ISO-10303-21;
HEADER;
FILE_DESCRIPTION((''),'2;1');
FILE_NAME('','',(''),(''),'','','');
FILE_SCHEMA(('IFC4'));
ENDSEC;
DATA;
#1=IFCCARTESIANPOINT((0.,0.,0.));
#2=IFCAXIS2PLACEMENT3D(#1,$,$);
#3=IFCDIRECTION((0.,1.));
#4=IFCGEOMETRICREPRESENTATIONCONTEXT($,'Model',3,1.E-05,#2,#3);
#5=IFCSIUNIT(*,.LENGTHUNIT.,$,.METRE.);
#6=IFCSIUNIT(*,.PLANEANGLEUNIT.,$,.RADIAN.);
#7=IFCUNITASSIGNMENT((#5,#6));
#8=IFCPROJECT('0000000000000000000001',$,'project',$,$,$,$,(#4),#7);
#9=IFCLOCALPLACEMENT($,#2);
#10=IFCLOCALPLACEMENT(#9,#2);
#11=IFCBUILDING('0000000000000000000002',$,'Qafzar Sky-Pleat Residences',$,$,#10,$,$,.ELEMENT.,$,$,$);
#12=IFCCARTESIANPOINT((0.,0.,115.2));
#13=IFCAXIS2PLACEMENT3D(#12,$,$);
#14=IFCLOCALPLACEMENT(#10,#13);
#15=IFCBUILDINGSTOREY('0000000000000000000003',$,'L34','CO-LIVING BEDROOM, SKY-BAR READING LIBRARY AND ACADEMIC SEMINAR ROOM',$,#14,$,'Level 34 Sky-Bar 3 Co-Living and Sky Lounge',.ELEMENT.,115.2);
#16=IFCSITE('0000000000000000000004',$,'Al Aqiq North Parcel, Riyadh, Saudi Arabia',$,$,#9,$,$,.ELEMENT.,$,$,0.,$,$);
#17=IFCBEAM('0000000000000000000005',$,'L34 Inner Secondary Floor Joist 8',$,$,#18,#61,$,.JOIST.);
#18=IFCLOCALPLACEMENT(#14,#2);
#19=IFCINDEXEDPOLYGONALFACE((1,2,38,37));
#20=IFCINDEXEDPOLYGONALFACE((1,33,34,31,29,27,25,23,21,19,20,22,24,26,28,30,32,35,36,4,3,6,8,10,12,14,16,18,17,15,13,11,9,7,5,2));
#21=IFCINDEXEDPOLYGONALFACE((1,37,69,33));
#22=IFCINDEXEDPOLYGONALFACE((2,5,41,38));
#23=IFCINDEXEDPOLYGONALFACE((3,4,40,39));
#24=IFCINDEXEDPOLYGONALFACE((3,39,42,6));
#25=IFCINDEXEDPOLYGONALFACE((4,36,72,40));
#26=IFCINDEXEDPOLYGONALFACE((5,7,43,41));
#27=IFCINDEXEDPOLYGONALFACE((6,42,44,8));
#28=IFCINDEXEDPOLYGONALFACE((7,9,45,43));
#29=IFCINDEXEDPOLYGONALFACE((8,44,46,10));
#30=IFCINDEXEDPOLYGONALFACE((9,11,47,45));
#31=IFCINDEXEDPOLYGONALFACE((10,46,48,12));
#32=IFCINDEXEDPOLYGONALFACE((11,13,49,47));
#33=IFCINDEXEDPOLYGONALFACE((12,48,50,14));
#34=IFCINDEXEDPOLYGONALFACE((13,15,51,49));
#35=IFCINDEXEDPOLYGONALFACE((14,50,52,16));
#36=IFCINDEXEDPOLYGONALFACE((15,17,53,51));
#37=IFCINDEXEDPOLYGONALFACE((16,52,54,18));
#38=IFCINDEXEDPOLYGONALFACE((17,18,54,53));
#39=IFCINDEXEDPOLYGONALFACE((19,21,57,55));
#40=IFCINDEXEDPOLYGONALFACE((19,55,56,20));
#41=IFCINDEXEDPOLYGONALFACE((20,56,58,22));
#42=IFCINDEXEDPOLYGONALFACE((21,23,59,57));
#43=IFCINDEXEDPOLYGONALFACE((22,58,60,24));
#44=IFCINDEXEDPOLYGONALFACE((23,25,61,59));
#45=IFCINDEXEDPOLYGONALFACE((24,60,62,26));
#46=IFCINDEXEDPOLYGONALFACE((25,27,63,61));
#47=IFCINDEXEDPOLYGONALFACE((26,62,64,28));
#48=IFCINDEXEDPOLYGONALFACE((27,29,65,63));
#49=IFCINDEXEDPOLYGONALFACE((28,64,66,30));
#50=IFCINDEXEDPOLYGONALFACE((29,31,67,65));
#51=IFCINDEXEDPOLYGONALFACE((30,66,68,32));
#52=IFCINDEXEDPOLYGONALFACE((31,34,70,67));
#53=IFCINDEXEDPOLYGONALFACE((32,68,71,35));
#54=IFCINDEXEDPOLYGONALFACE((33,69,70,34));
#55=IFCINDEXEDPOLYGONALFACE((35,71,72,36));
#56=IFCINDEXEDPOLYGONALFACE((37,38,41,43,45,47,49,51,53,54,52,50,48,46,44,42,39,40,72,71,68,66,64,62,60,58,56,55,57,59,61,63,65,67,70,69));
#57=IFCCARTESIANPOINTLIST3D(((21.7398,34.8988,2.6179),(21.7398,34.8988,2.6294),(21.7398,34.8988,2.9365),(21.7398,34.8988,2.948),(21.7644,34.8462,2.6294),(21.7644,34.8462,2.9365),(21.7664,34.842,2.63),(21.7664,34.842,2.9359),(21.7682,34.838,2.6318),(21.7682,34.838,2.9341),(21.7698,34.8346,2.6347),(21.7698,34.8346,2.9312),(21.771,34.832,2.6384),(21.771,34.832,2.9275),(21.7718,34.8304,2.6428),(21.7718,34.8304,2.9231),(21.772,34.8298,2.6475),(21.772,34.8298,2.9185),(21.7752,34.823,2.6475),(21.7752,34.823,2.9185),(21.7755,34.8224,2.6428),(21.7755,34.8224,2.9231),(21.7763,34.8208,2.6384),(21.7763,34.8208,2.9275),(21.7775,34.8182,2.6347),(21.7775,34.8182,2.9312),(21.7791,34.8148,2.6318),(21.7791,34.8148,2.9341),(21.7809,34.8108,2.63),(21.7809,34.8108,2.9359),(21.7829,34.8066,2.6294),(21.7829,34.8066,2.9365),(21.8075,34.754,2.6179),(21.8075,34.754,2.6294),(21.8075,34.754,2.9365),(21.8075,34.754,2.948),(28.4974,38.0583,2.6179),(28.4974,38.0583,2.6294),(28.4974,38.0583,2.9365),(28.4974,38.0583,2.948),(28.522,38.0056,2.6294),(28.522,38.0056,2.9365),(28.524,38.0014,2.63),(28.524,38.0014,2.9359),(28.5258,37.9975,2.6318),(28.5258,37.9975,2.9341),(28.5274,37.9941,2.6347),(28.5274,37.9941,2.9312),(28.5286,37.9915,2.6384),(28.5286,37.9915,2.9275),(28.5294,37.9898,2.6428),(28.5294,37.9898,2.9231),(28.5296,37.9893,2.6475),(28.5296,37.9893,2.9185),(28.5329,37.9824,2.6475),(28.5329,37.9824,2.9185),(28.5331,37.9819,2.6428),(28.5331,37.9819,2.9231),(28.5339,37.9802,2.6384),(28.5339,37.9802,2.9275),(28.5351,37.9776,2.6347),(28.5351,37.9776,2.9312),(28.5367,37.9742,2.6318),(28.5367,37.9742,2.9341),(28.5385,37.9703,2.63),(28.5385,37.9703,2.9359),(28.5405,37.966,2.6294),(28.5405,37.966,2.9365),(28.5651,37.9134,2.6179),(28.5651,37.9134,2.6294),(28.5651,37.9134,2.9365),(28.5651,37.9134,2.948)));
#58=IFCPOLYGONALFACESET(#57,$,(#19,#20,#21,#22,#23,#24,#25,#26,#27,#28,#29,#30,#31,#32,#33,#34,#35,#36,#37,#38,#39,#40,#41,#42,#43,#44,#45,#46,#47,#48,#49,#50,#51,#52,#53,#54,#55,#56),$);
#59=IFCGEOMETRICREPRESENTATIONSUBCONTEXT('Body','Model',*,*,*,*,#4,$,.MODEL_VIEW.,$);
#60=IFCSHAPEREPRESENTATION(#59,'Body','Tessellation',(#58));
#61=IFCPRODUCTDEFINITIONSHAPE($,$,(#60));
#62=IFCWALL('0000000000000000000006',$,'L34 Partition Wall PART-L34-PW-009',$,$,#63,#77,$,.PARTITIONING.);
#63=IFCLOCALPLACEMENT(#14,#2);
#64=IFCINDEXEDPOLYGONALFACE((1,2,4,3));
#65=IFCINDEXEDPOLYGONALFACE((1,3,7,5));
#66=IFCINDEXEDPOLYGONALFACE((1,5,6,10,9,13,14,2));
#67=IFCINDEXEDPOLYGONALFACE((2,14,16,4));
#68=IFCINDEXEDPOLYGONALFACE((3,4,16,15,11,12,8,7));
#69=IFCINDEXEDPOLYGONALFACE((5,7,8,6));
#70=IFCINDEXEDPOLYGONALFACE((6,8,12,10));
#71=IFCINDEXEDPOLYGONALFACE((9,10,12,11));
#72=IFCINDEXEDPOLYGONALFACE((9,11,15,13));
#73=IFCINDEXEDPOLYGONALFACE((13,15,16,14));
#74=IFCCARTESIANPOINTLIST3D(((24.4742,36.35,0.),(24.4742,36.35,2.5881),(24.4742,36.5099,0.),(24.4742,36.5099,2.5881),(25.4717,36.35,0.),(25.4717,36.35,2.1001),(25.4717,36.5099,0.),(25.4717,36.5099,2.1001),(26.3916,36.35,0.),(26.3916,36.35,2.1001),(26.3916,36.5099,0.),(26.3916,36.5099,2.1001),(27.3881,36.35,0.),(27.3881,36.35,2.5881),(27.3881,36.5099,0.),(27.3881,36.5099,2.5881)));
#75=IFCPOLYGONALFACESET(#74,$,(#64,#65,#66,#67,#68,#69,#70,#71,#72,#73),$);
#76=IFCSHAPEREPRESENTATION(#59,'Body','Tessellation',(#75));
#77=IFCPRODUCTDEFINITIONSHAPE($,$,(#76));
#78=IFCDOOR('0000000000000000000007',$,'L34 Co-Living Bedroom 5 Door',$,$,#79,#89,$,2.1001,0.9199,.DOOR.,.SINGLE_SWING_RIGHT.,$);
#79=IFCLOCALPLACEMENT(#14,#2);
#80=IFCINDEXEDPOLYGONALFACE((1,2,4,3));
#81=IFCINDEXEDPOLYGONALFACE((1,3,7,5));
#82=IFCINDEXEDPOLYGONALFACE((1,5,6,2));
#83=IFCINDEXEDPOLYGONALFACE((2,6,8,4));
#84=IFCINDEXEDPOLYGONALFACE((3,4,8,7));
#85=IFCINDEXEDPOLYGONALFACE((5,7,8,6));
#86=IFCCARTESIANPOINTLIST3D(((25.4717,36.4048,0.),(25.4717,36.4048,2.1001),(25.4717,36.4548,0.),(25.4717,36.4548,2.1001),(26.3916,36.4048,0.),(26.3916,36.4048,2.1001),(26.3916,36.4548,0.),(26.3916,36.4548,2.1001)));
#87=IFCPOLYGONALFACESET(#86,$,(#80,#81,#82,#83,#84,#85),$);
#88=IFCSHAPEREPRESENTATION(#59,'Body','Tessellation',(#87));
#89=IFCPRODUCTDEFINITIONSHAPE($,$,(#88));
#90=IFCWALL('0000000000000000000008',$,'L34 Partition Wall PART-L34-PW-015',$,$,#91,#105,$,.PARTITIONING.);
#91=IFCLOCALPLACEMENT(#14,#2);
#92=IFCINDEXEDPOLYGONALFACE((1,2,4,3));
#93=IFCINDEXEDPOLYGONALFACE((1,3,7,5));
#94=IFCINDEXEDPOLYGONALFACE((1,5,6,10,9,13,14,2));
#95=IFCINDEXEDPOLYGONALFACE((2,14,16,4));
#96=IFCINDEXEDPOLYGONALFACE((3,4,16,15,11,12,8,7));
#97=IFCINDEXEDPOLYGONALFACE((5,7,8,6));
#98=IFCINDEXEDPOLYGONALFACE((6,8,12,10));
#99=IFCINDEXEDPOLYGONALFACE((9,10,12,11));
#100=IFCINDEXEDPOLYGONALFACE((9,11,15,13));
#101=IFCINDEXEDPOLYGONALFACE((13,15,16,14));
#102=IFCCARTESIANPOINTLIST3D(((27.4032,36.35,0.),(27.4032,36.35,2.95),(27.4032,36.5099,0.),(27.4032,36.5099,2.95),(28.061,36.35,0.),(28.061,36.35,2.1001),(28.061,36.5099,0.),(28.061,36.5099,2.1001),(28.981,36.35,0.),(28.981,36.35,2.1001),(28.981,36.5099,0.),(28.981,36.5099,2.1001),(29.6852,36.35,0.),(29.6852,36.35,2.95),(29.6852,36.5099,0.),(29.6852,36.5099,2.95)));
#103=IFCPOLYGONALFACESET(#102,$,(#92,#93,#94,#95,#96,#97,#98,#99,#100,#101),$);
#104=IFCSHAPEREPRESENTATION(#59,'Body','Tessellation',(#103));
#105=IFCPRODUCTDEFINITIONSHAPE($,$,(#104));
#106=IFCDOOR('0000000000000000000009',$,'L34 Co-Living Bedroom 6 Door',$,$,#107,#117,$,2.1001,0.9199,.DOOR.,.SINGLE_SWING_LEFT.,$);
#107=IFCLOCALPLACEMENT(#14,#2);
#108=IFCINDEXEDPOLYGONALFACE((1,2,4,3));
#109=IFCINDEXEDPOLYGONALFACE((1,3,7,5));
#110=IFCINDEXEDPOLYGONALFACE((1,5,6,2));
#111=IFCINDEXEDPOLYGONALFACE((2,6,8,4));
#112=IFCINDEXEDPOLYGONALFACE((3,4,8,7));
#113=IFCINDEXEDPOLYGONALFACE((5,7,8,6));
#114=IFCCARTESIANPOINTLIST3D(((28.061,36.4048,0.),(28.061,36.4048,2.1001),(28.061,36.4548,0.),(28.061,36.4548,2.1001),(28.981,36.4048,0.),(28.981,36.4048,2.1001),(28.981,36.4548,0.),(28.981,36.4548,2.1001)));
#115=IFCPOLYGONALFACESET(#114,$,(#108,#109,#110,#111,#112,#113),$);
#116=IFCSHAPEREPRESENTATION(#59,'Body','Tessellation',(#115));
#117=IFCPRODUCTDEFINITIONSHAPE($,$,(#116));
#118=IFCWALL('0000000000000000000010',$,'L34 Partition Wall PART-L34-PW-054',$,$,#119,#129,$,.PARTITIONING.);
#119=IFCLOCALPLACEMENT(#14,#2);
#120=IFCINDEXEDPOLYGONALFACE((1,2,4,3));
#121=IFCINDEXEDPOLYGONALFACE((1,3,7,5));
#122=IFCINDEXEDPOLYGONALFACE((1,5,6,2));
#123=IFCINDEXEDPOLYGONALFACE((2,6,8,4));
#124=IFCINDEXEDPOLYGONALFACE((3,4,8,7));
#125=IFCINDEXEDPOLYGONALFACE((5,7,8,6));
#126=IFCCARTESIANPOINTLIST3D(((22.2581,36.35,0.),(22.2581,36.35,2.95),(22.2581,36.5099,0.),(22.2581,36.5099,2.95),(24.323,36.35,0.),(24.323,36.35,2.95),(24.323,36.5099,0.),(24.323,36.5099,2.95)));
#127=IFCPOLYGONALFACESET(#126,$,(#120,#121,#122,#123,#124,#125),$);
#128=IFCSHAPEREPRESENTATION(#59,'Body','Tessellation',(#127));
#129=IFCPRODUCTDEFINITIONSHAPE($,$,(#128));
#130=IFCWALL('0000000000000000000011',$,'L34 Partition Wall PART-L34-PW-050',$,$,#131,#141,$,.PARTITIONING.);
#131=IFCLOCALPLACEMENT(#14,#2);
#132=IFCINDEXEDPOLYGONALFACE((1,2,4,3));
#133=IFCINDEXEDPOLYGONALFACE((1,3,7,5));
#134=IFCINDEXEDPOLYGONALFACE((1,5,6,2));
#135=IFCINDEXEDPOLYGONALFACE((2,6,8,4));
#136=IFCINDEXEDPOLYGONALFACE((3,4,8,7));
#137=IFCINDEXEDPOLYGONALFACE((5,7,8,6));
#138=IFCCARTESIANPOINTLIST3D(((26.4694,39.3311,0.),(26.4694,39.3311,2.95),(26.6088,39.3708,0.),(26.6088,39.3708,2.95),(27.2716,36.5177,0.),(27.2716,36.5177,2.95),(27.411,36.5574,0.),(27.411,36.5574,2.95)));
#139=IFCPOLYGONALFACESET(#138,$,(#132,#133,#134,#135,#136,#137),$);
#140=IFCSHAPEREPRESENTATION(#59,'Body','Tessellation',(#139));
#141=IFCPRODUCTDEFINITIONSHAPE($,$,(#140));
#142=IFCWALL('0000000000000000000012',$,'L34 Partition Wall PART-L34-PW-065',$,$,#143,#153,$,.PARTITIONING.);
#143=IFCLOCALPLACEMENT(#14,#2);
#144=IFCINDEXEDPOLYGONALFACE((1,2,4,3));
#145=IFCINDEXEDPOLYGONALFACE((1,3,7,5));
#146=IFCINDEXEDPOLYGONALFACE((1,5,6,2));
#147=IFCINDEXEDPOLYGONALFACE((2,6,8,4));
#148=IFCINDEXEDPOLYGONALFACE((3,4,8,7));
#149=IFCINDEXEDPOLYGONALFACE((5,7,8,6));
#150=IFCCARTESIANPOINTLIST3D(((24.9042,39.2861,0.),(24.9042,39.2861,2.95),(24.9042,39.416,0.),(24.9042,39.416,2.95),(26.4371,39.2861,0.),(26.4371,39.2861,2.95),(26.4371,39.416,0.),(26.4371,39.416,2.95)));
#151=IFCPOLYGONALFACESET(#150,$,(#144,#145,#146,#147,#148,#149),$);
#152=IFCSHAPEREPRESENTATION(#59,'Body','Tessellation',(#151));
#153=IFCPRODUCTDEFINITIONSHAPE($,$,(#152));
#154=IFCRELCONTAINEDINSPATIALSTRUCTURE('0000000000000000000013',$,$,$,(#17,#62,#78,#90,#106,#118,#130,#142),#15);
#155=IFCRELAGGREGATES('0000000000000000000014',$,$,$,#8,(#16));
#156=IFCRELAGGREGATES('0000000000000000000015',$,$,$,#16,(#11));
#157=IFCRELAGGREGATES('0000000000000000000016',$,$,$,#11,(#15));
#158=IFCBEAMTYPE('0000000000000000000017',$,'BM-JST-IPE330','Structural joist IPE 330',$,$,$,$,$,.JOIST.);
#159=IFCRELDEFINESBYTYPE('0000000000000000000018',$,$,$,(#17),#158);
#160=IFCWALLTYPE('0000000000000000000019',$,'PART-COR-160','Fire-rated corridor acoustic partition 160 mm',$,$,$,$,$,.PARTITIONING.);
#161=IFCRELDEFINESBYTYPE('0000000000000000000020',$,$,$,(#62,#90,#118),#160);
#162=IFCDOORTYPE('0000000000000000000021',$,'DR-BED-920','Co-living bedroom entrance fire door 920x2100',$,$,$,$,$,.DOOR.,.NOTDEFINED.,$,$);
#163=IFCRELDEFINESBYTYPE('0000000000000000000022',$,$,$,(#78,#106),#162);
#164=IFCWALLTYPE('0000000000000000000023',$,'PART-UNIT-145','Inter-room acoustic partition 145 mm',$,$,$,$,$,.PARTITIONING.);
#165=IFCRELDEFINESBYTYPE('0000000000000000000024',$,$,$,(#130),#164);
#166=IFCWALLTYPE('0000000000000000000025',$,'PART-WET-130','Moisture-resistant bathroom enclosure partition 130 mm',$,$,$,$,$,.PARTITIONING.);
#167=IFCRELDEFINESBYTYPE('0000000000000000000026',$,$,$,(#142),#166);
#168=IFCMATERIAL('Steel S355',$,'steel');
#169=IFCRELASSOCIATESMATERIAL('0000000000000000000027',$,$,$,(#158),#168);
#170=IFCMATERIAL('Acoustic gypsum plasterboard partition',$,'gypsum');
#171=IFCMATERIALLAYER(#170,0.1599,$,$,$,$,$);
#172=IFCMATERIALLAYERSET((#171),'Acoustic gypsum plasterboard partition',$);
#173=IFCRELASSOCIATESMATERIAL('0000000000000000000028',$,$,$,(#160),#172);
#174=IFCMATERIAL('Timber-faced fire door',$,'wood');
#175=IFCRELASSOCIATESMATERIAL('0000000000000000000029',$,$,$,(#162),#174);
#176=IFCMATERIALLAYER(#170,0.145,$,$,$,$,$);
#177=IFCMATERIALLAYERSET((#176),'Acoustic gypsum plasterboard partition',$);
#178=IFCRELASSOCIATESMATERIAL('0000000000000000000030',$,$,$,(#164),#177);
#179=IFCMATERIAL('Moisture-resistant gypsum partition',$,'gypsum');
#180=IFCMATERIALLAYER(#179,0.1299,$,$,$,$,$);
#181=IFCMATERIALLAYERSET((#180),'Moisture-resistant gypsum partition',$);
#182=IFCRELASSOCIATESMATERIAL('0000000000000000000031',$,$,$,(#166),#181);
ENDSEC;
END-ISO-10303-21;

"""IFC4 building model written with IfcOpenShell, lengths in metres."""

from ifc_helpers import new_model, si_unit, direction, frame, frame_2d, origin, origin_2d, place, context, subcontext, project, spatial, rectangle, i_section, extrude, source, transform, mapped, material, layer, layer_set, material_profile, profile_set, type_object, element, fill, save


model = new_model("IFC4")

# Units and contexts
model_context = context("Model", 3, precision=1e-05, world=origin(), true_north=direction((0.0, 1.0)))
body_context = subcontext(model_context, "Body", "Model", "MODEL_VIEW")
ifc_project = project(units=[si_unit("LENGTHUNIT", "METRE"), si_unit("PLANEANGLEUNIT", "RADIAN")], contexts=[model_context])

# Site, building, storey
site_placement = place(None, origin())
site = spatial("IfcSite", under=ifc_project, at=site_placement, Name="Al Aqiq North Parcel, Riyadh, Saudi Arabia", CompositionType="ELEMENT", RefElevation=0.0)
building_placement = place(site_placement, origin())
building = spatial("IfcBuilding", under=site, at=building_placement, Name="Qafzar Sky-Pleat Residences", CompositionType="ELEMENT")
storey_placement = place(building_placement, frame((0.0, 0.0, 115.2)))
storey = spatial("IfcBuildingStorey", under=building, at=storey_placement, Name="L34", Description="CO-LIVING BEDROOM, SKY-BAR READING LIBRARY AND ACADEMIC SEMINAR ROOM", LongName="Level 34 Sky-Bar 3 Co-Living and Sky Lounge", CompositionType="ELEMENT", Elevation=115.2)

# Beam
ifc_material_1 = material(Name="Steel S355", Category="steel")
ifc_material_profile = material_profile(ifc_material_1, i_section(OverallWidth=0.1599, OverallDepth=0.3301, WebThickness=0.0076, FlangeThickness=0.0115, FilletRadius=0.0181, at=origin_2d()), Name="IPE 330")
ifc_profile_set = profile_set([ifc_material_profile], Name="Steel S355")
beam_type = type_object("IfcBeamType", Name="BM-JST-IPE330", Description="Structural joist IPE 330", PredefinedType="JOIST", material=ifc_profile_set)
shared_shape_1 = source(origin(), body_context, "Body", "SweptSolid", [
    extrude(i_section(OverallWidth=0.1599, OverallDepth=0.3301, WebThickness=0.0076, FlangeThickness=0.0115, FilletRadius=0.0181, at=origin_2d()), origin(), (0.0, 0.0, 1.0), 7.4597),
])
beam_placement = place(storey_placement, frame((28.5312, 37.9858, 2.783), z_axis=(-0.90588, -0.423534, 0.0), x_axis=(0.423534, -0.90588, 0.0)))
element("IfcBeam", 1, at=beam_placement, inside=storey, type_object=beam_type, Name="L34 Inner Secondary Floor Joist 8", PredefinedType="JOIST", context=body_context, shape_type="MappedRepresentation", body=[
    mapped(shared_shape_1, transform((0.0, 0.0, 0.0), x_axis=(1.0, 0.0, 0.0), y_axis=(0.0, 1.0, 0.0), z_axis=(0.0, 0.0, 1.0), scale=1.0)),
])

# Walls, openings, doors
ifc_material_2 = material(Name="Acoustic gypsum plasterboard partition", Category="gypsum")
ifc_layer_1 = layer(ifc_material_2, 0.1599)
ifc_layer_set_1 = layer_set([ifc_layer_1], Name="Acoustic gypsum plasterboard partition")
wall_type_1 = type_object("IfcWallType", Name="PART-COR-160", Description="Fire-rated corridor acoustic partition 160 mm", PredefinedType="PARTITIONING", material=ifc_layer_set_1)
wall_1_placement = place(storey_placement, frame((24.4741, 36.4299, 0.0), z_axis=(0.0, 0.0, 1.0), x_axis=(1.0, 0.0, 0.0)))
wall_1 = element("IfcWall", 2, at=wall_1_placement, inside=storey, type_object=wall_type_1, Name="L34 Partition Wall PART-L34-PW-009", PredefinedType="PARTITIONING", context=body_context, shape_type="SweptSolid", body=[
    extrude(rectangle(XDim=2.9138, YDim=0.1599, at=frame_2d((1.457, 0.0))), origin(), (0.0, 0.0, 1.0), 2.5881),
])
opening_1_placement = place(wall_1_placement, frame((0.9976, 0.0, 0.0)))
opening_1 = element("IfcOpeningElement", 3, at=opening_1_placement, cuts=wall_1, PredefinedType="OPENING", context=body_context, shape_type="SweptSolid", body=[
    extrude(rectangle(XDim=0.9199, YDim=2.1001, at=frame_2d((0.46, 1.05))), frame((0.0, 0.0898, 0.0), z_axis=(0.0, -1.0, 0.0), x_axis=(1.0, 0.0, 0.0)), (0.0, 0.0, 1.0), 0.1799),
])
ifc_material_3 = material(Name="Timber-faced fire door", Category="wood")
door_type_1 = type_object("IfcDoorType", Name="DR-BED-920", Description="Co-living bedroom entrance fire door 920x2100", OperationType="NOTDEFINED", PredefinedType="DOOR", material=ifc_material_3)
shared_shape_2 = source(origin(), body_context, "Body", "SweptSolid", [
    extrude(rectangle(XDim=0.9199, YDim=2.1001, at=frame_2d((0.46, 1.05))), frame((0.0, 0.0249, 0.0), z_axis=(0.0, -1.0, 0.0), x_axis=(1.0, 0.0, 0.0)), (0.0, 0.0, 1.0), 0.05),
])
door_1_placement = place(opening_1_placement, origin())
door_1 = element("IfcDoor", 4, at=door_1_placement, inside=storey, type_object=door_type_1, Name="L34 Co-Living Bedroom 5 Door", OperationType="SINGLE_SWING_RIGHT", OverallHeight=2.1001, OverallWidth=0.9199, PredefinedType="DOOR", context=body_context, shape_type="MappedRepresentation", body=[
    mapped(shared_shape_2, transform((0.0, 0.0, 0.0), x_axis=(1.0, 0.0, 0.0), y_axis=(0.0, 1.0, 0.0), z_axis=(0.0, 0.0, 1.0), scale=1.0)),
])
fill(opening_1, door_1)
wall_2_placement = place(storey_placement, frame((27.4031, 36.4299, 0.0), z_axis=(0.0, 0.0, 1.0), x_axis=(1.0, 0.0, 0.0)))
wall_2 = element("IfcWall", 5, at=wall_2_placement, inside=storey, type_object=wall_type_1, Name="L34 Partition Wall PART-L34-PW-015", PredefinedType="PARTITIONING", context=body_context, shape_type="SweptSolid", body=[
    extrude(rectangle(XDim=2.282, YDim=0.1599, at=frame_2d((1.1411, 0.0))), origin(), (0.0, 0.0, 1.0), 2.95),
])
opening_2_placement = place(wall_2_placement, frame((0.658, 0.0, 0.0)))
opening_2 = element("IfcOpeningElement", 6, at=opening_2_placement, cuts=wall_2, PredefinedType="OPENING", context=body_context, shape_type="SweptSolid", body=[
    extrude(rectangle(XDim=0.9199, YDim=2.1001, at=frame_2d((0.46, 1.05))), frame((0.0, 0.0898, 0.0), z_axis=(0.0, -1.0, 0.0), x_axis=(1.0, 0.0, 0.0)), (0.0, 0.0, 1.0), 0.1799),
])
door_2_placement = place(opening_2_placement, origin())
door_2 = element("IfcDoor", 7, at=door_2_placement, inside=storey, type_object=door_type_1, Name="L34 Co-Living Bedroom 6 Door", OperationType="SINGLE_SWING_LEFT", OverallHeight=2.1001, OverallWidth=0.9199, PredefinedType="DOOR", context=body_context, shape_type="MappedRepresentation", body=[
    mapped(shared_shape_2, transform((0.0, 0.0, 0.0), x_axis=(1.0, 0.0, 0.0), y_axis=(0.0, 1.0, 0.0), z_axis=(0.0, 0.0, 1.0), scale=1.0)),
])
fill(opening_2, door_2)

# Walls
wall_3_placement = place(storey_placement, frame((22.2581, 36.4299, 0.0), z_axis=(0.0, 0.0, 1.0), x_axis=(1.0, 0.0, 0.0)))
element("IfcWall", 8, at=wall_3_placement, inside=storey, type_object=wall_type_1, Name="L34 Partition Wall PART-L34-PW-054", PredefinedType="PARTITIONING", context=body_context, shape_type="SweptSolid", body=[
    extrude(rectangle(XDim=2.0649, YDim=0.1599, at=frame_2d((1.0325, 0.0))), origin(), (0.0, 0.0, 1.0), 2.95),
])
ifc_layer_2 = layer(ifc_material_2, 0.145)
ifc_layer_set_2 = layer_set([ifc_layer_2], Name="Acoustic gypsum plasterboard partition")
wall_type_2 = type_object("IfcWallType", Name="PART-UNIT-145", Description="Inter-room acoustic partition 145 mm", PredefinedType="PARTITIONING", material=ifc_layer_set_2)
wall_4_placement = place(storey_placement, frame((26.5391, 39.3511, 0.0), z_axis=(0.0, 0.0, 1.0), x_axis=(0.274214, -0.961669, 0.0)))
element("IfcWall", 9, at=wall_4_placement, inside=storey, type_object=wall_type_2, Name="L34 Partition Wall PART-L34-PW-050", PredefinedType="PARTITIONING", context=body_context, shape_type="SweptSolid", body=[
    extrude(rectangle(XDim=2.9255, YDim=0.145, at=frame_2d((1.4629, 0.0))), origin(), (0.0, 0.0, 1.0), 2.95),
])
ifc_material_4 = material(Name="Moisture-resistant gypsum partition", Category="gypsum")
ifc_layer_3 = layer(ifc_material_4, 0.1299)
ifc_layer_set_3 = layer_set([ifc_layer_3], Name="Moisture-resistant gypsum partition")
wall_type_3 = type_object("IfcWallType", Name="PART-WET-130", Description="Moisture-resistant bathroom enclosure partition 130 mm", PredefinedType="PARTITIONING", material=ifc_layer_set_3)
wall_5_placement = place(storey_placement, frame((24.9041, 39.3511, 0.0), z_axis=(0.0, 0.0, 1.0), x_axis=(1.0, 0.0, 0.0)))
element("IfcWall", 10, at=wall_5_placement, inside=storey, type_object=wall_type_3, Name="L34 Partition Wall PART-L34-PW-065", PredefinedType="PARTITIONING", context=body_context, shape_type="SweptSolid", body=[
    extrude(rectangle(XDim=1.533, YDim=0.1299, at=frame_2d((0.7666, 0.0))), origin(), (0.0, 0.0, 1.0), 2.95),
])

save(model, "model.ifc")
